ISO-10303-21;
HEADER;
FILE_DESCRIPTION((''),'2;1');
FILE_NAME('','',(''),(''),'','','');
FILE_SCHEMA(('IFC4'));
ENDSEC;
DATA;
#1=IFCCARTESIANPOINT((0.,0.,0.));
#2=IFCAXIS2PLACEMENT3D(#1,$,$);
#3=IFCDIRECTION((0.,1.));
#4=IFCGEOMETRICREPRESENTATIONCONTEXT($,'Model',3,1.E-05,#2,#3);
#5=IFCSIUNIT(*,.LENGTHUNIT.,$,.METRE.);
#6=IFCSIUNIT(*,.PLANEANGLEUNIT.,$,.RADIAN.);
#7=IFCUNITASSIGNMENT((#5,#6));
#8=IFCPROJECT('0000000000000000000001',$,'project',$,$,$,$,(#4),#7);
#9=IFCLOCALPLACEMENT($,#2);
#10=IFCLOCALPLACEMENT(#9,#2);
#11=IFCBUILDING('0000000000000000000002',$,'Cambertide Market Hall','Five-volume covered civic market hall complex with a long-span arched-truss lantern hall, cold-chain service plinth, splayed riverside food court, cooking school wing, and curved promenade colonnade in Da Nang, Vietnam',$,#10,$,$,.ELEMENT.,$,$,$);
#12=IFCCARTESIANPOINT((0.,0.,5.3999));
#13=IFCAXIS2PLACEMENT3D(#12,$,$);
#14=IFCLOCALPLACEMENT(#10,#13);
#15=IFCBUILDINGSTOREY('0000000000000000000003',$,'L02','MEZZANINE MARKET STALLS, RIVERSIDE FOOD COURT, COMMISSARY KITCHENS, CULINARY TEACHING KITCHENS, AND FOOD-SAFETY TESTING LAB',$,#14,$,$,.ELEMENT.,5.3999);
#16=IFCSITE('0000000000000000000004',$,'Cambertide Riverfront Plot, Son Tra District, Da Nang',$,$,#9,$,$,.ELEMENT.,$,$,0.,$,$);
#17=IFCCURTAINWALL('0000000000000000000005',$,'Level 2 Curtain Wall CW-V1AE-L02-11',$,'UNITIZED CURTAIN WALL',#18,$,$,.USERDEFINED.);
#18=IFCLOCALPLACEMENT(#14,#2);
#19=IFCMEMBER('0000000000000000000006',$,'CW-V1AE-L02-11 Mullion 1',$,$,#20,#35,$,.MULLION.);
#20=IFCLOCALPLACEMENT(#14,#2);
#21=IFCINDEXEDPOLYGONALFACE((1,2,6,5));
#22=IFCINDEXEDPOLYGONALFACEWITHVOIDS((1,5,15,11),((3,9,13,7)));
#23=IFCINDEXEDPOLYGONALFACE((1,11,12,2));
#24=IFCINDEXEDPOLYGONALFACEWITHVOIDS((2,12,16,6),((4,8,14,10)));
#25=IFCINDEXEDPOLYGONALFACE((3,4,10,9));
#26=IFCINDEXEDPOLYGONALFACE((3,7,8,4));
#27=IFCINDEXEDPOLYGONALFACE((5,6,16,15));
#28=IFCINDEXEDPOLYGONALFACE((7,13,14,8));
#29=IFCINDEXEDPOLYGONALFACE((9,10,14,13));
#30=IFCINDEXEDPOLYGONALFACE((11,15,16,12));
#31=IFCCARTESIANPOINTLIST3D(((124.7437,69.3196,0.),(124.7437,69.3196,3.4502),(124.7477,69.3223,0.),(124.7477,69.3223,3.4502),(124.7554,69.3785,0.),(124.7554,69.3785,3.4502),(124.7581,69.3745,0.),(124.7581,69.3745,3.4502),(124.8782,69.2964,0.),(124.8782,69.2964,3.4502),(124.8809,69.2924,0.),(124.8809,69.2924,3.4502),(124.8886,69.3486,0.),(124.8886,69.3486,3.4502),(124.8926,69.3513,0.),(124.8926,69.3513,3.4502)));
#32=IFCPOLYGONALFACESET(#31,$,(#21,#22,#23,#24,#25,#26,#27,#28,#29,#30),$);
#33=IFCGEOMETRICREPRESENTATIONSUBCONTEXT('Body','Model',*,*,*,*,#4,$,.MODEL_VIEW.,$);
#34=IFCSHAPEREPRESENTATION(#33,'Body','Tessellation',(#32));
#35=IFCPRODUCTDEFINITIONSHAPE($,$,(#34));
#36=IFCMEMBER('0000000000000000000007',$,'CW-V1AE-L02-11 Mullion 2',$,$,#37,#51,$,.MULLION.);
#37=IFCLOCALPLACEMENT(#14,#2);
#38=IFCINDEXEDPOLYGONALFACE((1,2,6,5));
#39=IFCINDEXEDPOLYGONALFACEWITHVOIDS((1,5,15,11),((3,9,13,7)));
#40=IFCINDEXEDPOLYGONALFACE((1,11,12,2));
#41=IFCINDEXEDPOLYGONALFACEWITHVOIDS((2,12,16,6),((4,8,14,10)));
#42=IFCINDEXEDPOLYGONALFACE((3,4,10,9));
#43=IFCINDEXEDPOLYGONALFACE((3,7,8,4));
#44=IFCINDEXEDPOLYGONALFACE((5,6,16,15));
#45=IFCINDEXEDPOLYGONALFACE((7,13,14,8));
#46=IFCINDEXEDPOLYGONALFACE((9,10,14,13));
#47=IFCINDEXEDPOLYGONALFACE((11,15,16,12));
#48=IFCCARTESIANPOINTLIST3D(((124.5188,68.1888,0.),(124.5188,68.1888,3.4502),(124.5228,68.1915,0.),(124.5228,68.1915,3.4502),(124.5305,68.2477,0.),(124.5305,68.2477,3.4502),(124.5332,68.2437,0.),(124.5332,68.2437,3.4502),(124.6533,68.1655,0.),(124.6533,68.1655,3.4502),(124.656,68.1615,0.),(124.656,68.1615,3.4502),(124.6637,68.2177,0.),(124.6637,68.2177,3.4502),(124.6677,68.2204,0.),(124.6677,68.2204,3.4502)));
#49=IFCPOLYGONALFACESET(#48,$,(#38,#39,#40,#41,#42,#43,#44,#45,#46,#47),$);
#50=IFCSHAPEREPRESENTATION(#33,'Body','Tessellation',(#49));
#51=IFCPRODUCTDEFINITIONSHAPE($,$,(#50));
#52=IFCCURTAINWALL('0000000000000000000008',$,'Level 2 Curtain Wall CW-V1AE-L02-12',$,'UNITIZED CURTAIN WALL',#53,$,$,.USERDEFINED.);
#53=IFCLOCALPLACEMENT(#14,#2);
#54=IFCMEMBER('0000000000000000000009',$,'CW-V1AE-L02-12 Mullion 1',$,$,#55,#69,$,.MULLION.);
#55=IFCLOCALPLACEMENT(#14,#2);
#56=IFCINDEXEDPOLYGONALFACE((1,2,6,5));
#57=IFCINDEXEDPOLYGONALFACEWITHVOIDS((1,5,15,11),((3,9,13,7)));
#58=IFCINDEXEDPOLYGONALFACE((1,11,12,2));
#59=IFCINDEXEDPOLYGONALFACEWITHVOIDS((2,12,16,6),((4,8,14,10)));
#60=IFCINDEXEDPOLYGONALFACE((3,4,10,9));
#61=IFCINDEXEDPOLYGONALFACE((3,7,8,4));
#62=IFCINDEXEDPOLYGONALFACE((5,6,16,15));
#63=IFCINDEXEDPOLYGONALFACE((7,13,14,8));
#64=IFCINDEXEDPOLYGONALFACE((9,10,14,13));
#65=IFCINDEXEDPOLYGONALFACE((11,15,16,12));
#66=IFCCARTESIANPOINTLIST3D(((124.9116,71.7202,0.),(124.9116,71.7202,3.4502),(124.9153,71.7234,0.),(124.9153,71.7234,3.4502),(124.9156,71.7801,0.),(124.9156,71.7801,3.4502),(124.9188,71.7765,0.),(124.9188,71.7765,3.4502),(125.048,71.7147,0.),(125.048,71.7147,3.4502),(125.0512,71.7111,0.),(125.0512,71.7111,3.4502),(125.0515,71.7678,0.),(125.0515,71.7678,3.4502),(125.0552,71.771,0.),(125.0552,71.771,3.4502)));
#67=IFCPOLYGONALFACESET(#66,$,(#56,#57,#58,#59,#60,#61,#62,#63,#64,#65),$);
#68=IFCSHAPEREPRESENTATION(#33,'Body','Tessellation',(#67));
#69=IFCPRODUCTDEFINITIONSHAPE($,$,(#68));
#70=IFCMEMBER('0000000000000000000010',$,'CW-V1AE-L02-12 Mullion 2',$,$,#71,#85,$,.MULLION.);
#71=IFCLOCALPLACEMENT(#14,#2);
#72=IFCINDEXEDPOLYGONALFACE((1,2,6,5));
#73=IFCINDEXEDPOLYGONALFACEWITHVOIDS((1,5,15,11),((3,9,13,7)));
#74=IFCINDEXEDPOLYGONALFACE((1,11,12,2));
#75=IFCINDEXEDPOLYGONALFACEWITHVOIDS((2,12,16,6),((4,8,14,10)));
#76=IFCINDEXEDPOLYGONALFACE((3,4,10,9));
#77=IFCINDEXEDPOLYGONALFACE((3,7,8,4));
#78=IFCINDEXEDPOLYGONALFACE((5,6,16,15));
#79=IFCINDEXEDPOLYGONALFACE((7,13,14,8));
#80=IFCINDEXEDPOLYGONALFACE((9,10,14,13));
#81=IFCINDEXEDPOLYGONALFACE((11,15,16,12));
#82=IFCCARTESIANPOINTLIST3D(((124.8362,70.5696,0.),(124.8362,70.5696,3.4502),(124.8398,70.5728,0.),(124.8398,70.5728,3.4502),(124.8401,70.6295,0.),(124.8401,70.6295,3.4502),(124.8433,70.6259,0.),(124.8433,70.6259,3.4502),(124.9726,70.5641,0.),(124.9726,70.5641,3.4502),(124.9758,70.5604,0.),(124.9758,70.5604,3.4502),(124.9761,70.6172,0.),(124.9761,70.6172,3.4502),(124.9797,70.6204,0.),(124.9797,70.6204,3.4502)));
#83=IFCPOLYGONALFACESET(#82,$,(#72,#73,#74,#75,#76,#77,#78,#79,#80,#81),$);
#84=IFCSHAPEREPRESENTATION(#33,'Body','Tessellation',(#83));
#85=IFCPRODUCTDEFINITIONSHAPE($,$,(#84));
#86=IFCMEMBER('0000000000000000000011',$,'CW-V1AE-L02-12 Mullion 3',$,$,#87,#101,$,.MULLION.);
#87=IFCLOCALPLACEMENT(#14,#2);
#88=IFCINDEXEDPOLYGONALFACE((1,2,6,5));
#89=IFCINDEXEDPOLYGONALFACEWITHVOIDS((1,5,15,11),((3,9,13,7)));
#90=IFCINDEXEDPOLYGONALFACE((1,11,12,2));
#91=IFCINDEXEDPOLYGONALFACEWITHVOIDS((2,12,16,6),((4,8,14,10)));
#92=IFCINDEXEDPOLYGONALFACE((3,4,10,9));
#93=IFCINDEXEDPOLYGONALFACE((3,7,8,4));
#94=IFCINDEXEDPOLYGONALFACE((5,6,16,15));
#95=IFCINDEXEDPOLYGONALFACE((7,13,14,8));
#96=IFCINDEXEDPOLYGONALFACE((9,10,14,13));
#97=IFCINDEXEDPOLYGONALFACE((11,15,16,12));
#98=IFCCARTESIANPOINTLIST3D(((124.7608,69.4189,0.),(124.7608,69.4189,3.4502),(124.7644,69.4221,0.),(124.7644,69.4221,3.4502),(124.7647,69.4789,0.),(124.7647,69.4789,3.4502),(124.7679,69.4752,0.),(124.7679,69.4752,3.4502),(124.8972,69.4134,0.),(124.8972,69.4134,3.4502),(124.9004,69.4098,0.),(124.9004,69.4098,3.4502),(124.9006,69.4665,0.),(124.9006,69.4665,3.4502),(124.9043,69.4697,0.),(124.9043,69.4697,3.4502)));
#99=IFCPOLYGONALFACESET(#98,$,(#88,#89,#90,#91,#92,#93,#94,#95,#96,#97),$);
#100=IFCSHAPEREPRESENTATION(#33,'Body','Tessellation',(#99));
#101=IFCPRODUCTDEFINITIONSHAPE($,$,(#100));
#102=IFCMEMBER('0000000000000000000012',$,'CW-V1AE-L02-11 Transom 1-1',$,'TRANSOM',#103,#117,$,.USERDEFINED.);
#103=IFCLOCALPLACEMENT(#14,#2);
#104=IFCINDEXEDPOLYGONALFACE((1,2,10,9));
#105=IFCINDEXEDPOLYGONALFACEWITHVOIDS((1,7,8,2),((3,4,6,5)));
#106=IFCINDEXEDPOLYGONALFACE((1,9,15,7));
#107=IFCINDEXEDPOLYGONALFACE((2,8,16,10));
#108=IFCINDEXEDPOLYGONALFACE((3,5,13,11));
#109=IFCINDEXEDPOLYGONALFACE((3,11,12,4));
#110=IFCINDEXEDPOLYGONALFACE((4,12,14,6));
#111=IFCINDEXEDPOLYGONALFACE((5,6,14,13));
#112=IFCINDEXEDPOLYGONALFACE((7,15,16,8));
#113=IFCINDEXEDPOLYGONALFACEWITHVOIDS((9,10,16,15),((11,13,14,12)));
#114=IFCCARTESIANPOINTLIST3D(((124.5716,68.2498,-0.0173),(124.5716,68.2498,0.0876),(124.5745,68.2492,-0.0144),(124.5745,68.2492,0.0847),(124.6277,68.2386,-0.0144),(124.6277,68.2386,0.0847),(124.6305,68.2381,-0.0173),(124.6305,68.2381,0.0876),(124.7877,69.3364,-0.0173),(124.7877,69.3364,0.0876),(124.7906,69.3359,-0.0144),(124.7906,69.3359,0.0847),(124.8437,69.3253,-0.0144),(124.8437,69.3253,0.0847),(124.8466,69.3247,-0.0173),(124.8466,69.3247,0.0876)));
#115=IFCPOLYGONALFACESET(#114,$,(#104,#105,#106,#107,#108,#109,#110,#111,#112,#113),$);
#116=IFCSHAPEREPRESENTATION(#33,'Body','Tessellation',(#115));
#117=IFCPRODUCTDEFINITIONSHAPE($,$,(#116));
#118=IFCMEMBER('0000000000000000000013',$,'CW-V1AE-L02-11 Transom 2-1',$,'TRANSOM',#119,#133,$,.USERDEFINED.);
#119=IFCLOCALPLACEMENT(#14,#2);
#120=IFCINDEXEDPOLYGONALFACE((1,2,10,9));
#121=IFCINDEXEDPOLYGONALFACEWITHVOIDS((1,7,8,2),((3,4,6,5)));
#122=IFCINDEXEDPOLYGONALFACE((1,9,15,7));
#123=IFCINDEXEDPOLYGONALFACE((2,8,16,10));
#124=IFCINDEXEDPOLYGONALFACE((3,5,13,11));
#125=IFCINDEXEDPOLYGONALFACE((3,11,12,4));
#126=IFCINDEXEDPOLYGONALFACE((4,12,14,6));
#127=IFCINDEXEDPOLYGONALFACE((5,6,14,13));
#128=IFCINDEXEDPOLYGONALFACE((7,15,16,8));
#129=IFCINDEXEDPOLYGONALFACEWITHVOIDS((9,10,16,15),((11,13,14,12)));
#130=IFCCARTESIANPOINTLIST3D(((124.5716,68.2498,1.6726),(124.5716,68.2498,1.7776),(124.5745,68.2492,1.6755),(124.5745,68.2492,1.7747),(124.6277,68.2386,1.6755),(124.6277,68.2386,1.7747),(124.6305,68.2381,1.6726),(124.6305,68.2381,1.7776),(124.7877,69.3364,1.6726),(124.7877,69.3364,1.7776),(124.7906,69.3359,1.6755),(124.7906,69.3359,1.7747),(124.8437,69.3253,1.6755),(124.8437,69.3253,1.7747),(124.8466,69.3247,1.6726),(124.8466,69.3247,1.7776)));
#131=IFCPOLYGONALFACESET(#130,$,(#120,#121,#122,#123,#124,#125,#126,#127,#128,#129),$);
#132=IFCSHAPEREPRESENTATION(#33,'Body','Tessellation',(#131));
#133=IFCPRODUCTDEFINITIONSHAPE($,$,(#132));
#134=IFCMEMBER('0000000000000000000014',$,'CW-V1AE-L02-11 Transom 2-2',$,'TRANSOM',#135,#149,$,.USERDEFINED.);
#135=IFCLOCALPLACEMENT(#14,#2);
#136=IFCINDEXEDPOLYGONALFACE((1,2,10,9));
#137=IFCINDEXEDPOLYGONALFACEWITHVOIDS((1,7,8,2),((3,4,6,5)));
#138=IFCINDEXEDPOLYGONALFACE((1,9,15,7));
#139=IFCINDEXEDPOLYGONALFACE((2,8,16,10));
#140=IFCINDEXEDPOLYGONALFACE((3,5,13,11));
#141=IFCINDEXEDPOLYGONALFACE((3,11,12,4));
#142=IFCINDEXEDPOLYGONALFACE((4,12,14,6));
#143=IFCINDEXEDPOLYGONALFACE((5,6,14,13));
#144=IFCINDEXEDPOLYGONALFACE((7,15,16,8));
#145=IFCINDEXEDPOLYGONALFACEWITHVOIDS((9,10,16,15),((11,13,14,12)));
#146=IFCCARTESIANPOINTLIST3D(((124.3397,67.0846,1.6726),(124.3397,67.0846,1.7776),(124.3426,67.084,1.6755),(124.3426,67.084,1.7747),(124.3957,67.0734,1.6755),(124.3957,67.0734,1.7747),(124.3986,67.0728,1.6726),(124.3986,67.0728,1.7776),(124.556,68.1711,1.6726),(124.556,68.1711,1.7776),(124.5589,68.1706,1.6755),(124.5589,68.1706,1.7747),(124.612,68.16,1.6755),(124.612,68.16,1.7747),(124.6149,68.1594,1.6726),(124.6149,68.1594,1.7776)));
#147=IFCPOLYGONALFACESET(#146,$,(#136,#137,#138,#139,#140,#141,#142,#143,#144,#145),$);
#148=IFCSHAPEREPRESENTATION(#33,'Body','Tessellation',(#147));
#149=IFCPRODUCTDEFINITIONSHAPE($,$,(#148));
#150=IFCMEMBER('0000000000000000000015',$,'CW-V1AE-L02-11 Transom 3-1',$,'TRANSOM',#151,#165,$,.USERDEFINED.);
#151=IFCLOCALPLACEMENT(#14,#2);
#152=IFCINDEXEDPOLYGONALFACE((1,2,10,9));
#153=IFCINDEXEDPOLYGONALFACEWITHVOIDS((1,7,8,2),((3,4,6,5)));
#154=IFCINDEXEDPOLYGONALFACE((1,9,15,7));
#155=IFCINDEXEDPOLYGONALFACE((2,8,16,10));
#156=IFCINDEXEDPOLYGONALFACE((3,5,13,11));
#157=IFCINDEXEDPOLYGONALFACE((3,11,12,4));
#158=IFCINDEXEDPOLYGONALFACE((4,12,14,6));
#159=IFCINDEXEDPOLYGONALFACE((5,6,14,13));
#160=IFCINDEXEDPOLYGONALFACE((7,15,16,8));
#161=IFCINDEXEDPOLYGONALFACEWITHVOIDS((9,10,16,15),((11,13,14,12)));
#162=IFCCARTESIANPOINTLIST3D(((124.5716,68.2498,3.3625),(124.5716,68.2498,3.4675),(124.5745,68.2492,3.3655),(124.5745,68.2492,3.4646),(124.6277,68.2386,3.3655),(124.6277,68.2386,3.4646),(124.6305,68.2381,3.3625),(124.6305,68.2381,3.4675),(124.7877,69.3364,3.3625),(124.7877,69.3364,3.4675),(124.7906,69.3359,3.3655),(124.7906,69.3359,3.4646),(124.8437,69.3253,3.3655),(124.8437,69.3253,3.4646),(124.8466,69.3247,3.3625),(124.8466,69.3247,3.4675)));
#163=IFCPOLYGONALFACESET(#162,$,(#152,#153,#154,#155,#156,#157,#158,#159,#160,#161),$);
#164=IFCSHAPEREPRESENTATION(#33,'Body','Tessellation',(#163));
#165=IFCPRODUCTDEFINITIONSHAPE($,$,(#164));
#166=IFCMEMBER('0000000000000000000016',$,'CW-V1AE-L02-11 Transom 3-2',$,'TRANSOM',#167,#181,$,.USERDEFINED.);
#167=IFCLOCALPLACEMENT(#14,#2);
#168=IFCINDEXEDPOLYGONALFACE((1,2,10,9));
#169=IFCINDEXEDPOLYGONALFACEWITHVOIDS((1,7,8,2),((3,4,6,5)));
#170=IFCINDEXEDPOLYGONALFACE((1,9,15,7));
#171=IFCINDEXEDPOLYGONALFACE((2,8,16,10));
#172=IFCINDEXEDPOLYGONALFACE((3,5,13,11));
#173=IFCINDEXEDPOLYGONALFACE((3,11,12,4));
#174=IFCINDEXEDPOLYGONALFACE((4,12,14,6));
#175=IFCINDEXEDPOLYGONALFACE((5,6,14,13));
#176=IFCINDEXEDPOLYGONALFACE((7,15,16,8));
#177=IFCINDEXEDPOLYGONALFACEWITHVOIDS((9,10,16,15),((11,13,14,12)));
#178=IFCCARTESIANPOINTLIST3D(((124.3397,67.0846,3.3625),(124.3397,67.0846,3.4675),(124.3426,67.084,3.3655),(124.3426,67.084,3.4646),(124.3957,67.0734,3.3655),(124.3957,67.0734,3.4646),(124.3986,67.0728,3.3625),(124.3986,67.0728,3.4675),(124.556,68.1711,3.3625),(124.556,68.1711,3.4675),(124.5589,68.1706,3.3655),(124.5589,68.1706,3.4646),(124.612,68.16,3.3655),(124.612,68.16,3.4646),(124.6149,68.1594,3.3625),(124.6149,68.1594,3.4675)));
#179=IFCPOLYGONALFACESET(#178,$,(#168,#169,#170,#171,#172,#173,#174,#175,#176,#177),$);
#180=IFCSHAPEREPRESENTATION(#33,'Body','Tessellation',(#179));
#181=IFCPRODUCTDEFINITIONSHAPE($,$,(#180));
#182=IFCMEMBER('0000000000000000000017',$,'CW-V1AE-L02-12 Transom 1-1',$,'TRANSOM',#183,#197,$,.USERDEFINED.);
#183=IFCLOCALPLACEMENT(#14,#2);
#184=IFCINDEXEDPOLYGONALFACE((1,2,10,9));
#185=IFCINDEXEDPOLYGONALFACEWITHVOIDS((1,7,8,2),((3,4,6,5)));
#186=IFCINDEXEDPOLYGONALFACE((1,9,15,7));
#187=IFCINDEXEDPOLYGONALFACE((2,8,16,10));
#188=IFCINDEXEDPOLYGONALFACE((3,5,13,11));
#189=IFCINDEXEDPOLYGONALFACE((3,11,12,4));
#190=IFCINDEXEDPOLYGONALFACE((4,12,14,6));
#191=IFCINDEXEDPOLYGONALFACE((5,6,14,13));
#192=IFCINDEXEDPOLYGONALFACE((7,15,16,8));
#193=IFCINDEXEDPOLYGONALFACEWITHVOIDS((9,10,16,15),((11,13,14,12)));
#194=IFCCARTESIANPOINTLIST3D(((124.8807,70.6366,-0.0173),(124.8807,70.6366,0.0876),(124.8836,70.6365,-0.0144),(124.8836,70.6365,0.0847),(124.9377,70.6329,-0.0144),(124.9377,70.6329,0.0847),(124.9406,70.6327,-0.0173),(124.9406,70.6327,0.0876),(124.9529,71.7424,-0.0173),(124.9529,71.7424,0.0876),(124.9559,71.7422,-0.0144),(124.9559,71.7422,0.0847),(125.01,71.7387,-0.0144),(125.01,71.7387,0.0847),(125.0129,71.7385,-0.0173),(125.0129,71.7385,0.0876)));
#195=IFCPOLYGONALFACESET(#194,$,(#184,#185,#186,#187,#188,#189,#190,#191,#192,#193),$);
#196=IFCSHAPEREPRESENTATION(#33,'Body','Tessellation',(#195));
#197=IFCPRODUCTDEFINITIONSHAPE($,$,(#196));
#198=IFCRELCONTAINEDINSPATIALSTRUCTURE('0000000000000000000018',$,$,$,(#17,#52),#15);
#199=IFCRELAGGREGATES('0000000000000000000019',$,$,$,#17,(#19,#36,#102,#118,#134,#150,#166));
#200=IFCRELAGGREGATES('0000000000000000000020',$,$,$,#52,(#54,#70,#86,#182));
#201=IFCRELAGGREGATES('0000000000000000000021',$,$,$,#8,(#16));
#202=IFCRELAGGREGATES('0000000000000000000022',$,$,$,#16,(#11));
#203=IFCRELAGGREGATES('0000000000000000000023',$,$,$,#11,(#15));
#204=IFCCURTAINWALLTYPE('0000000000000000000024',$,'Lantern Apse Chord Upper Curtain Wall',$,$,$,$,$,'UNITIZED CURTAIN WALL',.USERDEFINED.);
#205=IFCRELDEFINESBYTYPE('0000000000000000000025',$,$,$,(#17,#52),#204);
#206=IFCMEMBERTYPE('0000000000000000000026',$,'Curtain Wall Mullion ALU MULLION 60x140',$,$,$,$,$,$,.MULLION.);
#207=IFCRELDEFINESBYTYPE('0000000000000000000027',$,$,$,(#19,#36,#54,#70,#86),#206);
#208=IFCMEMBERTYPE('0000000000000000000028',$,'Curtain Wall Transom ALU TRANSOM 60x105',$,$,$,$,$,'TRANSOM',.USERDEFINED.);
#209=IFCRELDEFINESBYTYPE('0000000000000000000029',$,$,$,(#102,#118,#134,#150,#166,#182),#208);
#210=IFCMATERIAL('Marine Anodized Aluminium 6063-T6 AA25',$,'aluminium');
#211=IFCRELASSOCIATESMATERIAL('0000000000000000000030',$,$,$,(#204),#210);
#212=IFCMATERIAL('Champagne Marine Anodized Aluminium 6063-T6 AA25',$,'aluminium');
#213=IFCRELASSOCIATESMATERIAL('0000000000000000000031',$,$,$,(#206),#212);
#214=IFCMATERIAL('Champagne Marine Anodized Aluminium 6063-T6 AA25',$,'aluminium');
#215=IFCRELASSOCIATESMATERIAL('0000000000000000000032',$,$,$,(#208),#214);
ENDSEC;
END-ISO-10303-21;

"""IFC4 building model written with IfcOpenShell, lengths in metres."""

from ifc_helpers import new_model, si_unit, direction, frame, origin, origin_2d, place, context, subcontext, project, spatial, hollow_rectangle, extrude, material, material_profile, profile_set, type_object, element, aggregate, save


model = new_model("IFC4")

# Units and contexts
model_context = context("Model", 3, precision=1e-05, world=origin(), true_north=direction((0.0, 1.0)))
body_context = subcontext(model_context, "Body", "Model", "MODEL_VIEW")
ifc_project = project(units=[si_unit("LENGTHUNIT", "METRE"), si_unit("PLANEANGLEUNIT", "RADIAN")], contexts=[model_context])

# Site, building, storey
site_placement = place(None, origin())
site = spatial("IfcSite", under=ifc_project, at=site_placement, Name="Cambertide Riverfront Plot, Son Tra District, Da Nang", CompositionType="ELEMENT", RefElevation=0.0)
building_placement = place(site_placement, origin())
building = spatial("IfcBuilding", under=site, at=building_placement, Name="Cambertide Market Hall", Description="Five-volume covered civic market hall complex with a long-span arched-truss lantern hall, cold-chain service plinth, splayed riverside food court, cooking school wing, and curved promenade colonnade in Da Nang, Vietnam", CompositionType="ELEMENT")
storey_placement = place(building_placement, frame((0.0, 0.0, 5.3999)))
storey = spatial("IfcBuildingStorey", under=building, at=storey_placement, Name="L02", Description="MEZZANINE MARKET STALLS, RIVERSIDE FOOD COURT, COMMISSARY KITCHENS, CULINARY TEACHING KITCHENS, AND FOOD-SAFETY TESTING LAB", CompositionType="ELEMENT", Elevation=5.3999)

# Curtain walls, members
ifc_material_1 = material(Name="Marine Anodized Aluminium 6063-T6 AA25", Category="aluminium")
curtain_wall_type = type_object("IfcCurtainWallType", Name="Lantern Apse Chord Upper Curtain Wall", ElementType="UNITIZED CURTAIN WALL", PredefinedType="USERDEFINED", material=ifc_material_1)
curtain_wall_1_placement = place(storey_placement, origin())
curtain_wall_1 = element("IfcCurtainWall", 1, at=curtain_wall_1_placement, inside=storey, type_object=curtain_wall_type, Name="Level 2 Curtain Wall CW-V1AE-L02-11", ObjectType="UNITIZED CURTAIN WALL", PredefinedType="USERDEFINED")
ifc_material_2 = material(Name="Champagne Marine Anodized Aluminium 6063-T6 AA25", Category="aluminium")
ifc_material_profile_1 = material_profile(ifc_material_2, hollow_rectangle(XDim=0.0601, YDim=0.1399, WallThickness=0.0034, at=origin_2d()), Name="ALU MULLION 60x140")
ifc_profile_set_1 = profile_set([ifc_material_profile_1], Name="Champagne Marine Anodized Aluminium 6063-T6 AA25")
member_type_1 = type_object("IfcMemberType", Name="Curtain Wall Mullion ALU MULLION 60x140", PredefinedType="MULLION", material=ifc_profile_set_1)
member_1_placement = place(storey_placement, frame((124.8181, 69.3354, 0.0), z_axis=(0.0, 0.0, 1.0), x_axis=(-0.19509, -0.980785, 0.0)))
member_1 = element("IfcMember", 2, at=member_1_placement, type_object=member_type_1, Name="CW-V1AE-L02-11 Mullion 1", PredefinedType="MULLION", context=body_context, shape_type="SweptSolid", body=[
    extrude(hollow_rectangle(XDim=0.0601, YDim=0.1399, WallThickness=0.0034, at=origin_2d()), origin(), (0.0, 0.0, 1.0), 3.4502),
])
member_2_placement = place(storey_placement, frame((124.5933, 68.2046, 0.0), z_axis=(0.0, 0.0, 1.0), x_axis=(-0.19509, -0.980785, 0.0)))
member_2 = element("IfcMember", 3, at=member_2_placement, type_object=member_type_1, Name="CW-V1AE-L02-11 Mullion 2", PredefinedType="MULLION", context=body_context, shape_type="SweptSolid", body=[
    extrude(hollow_rectangle(XDim=0.0601, YDim=0.1399, WallThickness=0.0034, at=origin_2d()), origin(), (0.0, 0.0, 1.0), 3.4502),
])
curtain_wall_2_placement = place(storey_placement, origin())
curtain_wall_2 = element("IfcCurtainWall", 4, at=curtain_wall_2_placement, inside=storey, type_object=curtain_wall_type, Name="Level 2 Curtain Wall CW-V1AE-L02-12", ObjectType="UNITIZED CURTAIN WALL", PredefinedType="USERDEFINED")
member_3_placement = place(storey_placement, frame((124.9834, 71.7456, 0.0), z_axis=(0.0, 0.0, 1.0), x_axis=(-0.065403, -0.997859, 0.0)))
member_3 = element("IfcMember", 5, at=member_3_placement, type_object=member_type_1, Name="CW-V1AE-L02-12 Mullion 1", PredefinedType="MULLION", context=body_context, shape_type="SweptSolid", body=[
    extrude(hollow_rectangle(XDim=0.0601, YDim=0.1399, WallThickness=0.0034, at=origin_2d()), origin(), (0.0, 0.0, 1.0), 3.4502),
])
member_4_placement = place(storey_placement, frame((124.908, 70.595, 0.0), z_axis=(0.0, 0.0, 1.0), x_axis=(-0.065403, -0.997859, 0.0)))
member_4 = element("IfcMember", 6, at=member_4_placement, type_object=member_type_1, Name="CW-V1AE-L02-12 Mullion 2", PredefinedType="MULLION", context=body_context, shape_type="SweptSolid", body=[
    extrude(hollow_rectangle(XDim=0.0601, YDim=0.1399, WallThickness=0.0034, at=origin_2d()), origin(), (0.0, 0.0, 1.0), 3.4502),
])
member_5_placement = place(storey_placement, frame((124.8325, 69.4443, 0.0), z_axis=(0.0, 0.0, 1.0), x_axis=(-0.065403, -0.997859, 0.0)))
member_5 = element("IfcMember", 7, at=member_5_placement, type_object=member_type_1, Name="CW-V1AE-L02-12 Mullion 3", PredefinedType="MULLION", context=body_context, shape_type="SweptSolid", body=[
    extrude(hollow_rectangle(XDim=0.0601, YDim=0.1399, WallThickness=0.0034, at=origin_2d()), origin(), (0.0, 0.0, 1.0), 3.4502),
])

# Members
ifc_material_3 = material(Name="Champagne Marine Anodized Aluminium 6063-T6 AA25", Category="aluminium")
ifc_material_profile_2 = material_profile(ifc_material_3, hollow_rectangle(XDim=0.0601, YDim=0.105, WallThickness=0.0029, at=origin_2d()), Name="ALU TRANSOM 60x105")
ifc_profile_set_2 = profile_set([ifc_material_profile_2], Name="Champagne Marine Anodized Aluminium 6063-T6 AA25")
member_type_2 = type_object("IfcMemberType", Name="Curtain Wall Transom ALU TRANSOM 60x105", ElementType="TRANSOM", PredefinedType="USERDEFINED", material=ifc_profile_set_2)
member_6_placement = place(storey_placement, frame((124.8171, 69.3306, 0.0352), z_axis=(-0.195014, -0.9808, 0.0), x_axis=(0.9808, -0.195014, 0.0)))
member_6 = element("IfcMember", 8, at=member_6_placement, type_object=member_type_2, Name="CW-V1AE-L02-11 Transom 1-1", ObjectType="TRANSOM", PredefinedType="USERDEFINED", context=body_context, shape_type="SweptSolid", body=[
    extrude(hollow_rectangle(XDim=0.0601, YDim=0.105, WallThickness=0.0029, at=origin_2d()), origin(), (0.0, 0.0, 1.0), 1.1079),
])
member_7_placement = place(storey_placement, frame((124.8171, 69.3306, 1.7251), z_axis=(-0.195014, -0.9808, 0.0), x_axis=(0.9808, -0.195014, 0.0)))
member_7 = element("IfcMember", 9, at=member_7_placement, type_object=member_type_2, Name="CW-V1AE-L02-11 Transom 2-1", ObjectType="TRANSOM", PredefinedType="USERDEFINED", context=body_context, shape_type="SweptSolid", body=[
    extrude(hollow_rectangle(XDim=0.0601, YDim=0.105, WallThickness=0.0029, at=origin_2d()), origin(), (0.0, 0.0, 1.0), 1.1079),
])
member_8_placement = place(storey_placement, frame((124.5854, 68.1653, 1.7251), z_axis=(-0.195226, -0.980758, 0.0), x_axis=(0.980758, -0.195226, 0.0)))
member_8 = element("IfcMember", 10, at=member_8_placement, type_object=member_type_2, Name="CW-V1AE-L02-11 Transom 2-2", ObjectType="TRANSOM", PredefinedType="USERDEFINED", context=body_context, shape_type="SweptSolid", body=[
    extrude(hollow_rectangle(XDim=0.0601, YDim=0.105, WallThickness=0.0029, at=origin_2d()), origin(), (0.0, 0.0, 1.0), 1.1079),
])
member_9_placement = place(storey_placement, frame((124.8171, 69.3306, 3.415), z_axis=(-0.195014, -0.9808, 0.0), x_axis=(0.9808, -0.195014, 0.0)))
member_9 = element("IfcMember", 11, at=member_9_placement, type_object=member_type_2, Name="CW-V1AE-L02-11 Transom 3-1", ObjectType="TRANSOM", PredefinedType="USERDEFINED", context=body_context, shape_type="SweptSolid", body=[
    extrude(hollow_rectangle(XDim=0.0601, YDim=0.105, WallThickness=0.0029, at=origin_2d()), origin(), (0.0, 0.0, 1.0), 1.1079),
])
member_10_placement = place(storey_placement, frame((124.5854, 68.1653, 3.415), z_axis=(-0.195226, -0.980758, 0.0), x_axis=(0.980758, -0.195226, 0.0)))
member_10 = element("IfcMember", 12, at=member_10_placement, type_object=member_type_2, Name="CW-V1AE-L02-11 Transom 3-2", ObjectType="TRANSOM", PredefinedType="USERDEFINED", context=body_context, shape_type="SweptSolid", body=[
    extrude(hollow_rectangle(XDim=0.0601, YDim=0.105, WallThickness=0.0029, at=origin_2d()), origin(), (0.0, 0.0, 1.0), 1.1079),
])
member_11_placement = place(storey_placement, frame((124.9829, 71.7405, 0.0352), z_axis=(-0.065217, -0.997871, 0.0), x_axis=(0.997871, -0.065217, 0.0)))
member_11 = element("IfcMember", 13, at=member_11_placement, type_object=member_type_2, Name="CW-V1AE-L02-12 Transom 1-1", ObjectType="TRANSOM", PredefinedType="USERDEFINED", context=body_context, shape_type="SweptSolid", body=[
    extrude(hollow_rectangle(XDim=0.0601, YDim=0.105, WallThickness=0.0029, at=origin_2d()), origin(), (0.0, 0.0, 1.0), 1.1082),
])

aggregate(curtain_wall_1, [member_1, member_2, member_6, member_7, member_8, member_9, member_10])
aggregate(curtain_wall_2, [member_3, member_4, member_5, member_11])

save(model, "model.ifc")
